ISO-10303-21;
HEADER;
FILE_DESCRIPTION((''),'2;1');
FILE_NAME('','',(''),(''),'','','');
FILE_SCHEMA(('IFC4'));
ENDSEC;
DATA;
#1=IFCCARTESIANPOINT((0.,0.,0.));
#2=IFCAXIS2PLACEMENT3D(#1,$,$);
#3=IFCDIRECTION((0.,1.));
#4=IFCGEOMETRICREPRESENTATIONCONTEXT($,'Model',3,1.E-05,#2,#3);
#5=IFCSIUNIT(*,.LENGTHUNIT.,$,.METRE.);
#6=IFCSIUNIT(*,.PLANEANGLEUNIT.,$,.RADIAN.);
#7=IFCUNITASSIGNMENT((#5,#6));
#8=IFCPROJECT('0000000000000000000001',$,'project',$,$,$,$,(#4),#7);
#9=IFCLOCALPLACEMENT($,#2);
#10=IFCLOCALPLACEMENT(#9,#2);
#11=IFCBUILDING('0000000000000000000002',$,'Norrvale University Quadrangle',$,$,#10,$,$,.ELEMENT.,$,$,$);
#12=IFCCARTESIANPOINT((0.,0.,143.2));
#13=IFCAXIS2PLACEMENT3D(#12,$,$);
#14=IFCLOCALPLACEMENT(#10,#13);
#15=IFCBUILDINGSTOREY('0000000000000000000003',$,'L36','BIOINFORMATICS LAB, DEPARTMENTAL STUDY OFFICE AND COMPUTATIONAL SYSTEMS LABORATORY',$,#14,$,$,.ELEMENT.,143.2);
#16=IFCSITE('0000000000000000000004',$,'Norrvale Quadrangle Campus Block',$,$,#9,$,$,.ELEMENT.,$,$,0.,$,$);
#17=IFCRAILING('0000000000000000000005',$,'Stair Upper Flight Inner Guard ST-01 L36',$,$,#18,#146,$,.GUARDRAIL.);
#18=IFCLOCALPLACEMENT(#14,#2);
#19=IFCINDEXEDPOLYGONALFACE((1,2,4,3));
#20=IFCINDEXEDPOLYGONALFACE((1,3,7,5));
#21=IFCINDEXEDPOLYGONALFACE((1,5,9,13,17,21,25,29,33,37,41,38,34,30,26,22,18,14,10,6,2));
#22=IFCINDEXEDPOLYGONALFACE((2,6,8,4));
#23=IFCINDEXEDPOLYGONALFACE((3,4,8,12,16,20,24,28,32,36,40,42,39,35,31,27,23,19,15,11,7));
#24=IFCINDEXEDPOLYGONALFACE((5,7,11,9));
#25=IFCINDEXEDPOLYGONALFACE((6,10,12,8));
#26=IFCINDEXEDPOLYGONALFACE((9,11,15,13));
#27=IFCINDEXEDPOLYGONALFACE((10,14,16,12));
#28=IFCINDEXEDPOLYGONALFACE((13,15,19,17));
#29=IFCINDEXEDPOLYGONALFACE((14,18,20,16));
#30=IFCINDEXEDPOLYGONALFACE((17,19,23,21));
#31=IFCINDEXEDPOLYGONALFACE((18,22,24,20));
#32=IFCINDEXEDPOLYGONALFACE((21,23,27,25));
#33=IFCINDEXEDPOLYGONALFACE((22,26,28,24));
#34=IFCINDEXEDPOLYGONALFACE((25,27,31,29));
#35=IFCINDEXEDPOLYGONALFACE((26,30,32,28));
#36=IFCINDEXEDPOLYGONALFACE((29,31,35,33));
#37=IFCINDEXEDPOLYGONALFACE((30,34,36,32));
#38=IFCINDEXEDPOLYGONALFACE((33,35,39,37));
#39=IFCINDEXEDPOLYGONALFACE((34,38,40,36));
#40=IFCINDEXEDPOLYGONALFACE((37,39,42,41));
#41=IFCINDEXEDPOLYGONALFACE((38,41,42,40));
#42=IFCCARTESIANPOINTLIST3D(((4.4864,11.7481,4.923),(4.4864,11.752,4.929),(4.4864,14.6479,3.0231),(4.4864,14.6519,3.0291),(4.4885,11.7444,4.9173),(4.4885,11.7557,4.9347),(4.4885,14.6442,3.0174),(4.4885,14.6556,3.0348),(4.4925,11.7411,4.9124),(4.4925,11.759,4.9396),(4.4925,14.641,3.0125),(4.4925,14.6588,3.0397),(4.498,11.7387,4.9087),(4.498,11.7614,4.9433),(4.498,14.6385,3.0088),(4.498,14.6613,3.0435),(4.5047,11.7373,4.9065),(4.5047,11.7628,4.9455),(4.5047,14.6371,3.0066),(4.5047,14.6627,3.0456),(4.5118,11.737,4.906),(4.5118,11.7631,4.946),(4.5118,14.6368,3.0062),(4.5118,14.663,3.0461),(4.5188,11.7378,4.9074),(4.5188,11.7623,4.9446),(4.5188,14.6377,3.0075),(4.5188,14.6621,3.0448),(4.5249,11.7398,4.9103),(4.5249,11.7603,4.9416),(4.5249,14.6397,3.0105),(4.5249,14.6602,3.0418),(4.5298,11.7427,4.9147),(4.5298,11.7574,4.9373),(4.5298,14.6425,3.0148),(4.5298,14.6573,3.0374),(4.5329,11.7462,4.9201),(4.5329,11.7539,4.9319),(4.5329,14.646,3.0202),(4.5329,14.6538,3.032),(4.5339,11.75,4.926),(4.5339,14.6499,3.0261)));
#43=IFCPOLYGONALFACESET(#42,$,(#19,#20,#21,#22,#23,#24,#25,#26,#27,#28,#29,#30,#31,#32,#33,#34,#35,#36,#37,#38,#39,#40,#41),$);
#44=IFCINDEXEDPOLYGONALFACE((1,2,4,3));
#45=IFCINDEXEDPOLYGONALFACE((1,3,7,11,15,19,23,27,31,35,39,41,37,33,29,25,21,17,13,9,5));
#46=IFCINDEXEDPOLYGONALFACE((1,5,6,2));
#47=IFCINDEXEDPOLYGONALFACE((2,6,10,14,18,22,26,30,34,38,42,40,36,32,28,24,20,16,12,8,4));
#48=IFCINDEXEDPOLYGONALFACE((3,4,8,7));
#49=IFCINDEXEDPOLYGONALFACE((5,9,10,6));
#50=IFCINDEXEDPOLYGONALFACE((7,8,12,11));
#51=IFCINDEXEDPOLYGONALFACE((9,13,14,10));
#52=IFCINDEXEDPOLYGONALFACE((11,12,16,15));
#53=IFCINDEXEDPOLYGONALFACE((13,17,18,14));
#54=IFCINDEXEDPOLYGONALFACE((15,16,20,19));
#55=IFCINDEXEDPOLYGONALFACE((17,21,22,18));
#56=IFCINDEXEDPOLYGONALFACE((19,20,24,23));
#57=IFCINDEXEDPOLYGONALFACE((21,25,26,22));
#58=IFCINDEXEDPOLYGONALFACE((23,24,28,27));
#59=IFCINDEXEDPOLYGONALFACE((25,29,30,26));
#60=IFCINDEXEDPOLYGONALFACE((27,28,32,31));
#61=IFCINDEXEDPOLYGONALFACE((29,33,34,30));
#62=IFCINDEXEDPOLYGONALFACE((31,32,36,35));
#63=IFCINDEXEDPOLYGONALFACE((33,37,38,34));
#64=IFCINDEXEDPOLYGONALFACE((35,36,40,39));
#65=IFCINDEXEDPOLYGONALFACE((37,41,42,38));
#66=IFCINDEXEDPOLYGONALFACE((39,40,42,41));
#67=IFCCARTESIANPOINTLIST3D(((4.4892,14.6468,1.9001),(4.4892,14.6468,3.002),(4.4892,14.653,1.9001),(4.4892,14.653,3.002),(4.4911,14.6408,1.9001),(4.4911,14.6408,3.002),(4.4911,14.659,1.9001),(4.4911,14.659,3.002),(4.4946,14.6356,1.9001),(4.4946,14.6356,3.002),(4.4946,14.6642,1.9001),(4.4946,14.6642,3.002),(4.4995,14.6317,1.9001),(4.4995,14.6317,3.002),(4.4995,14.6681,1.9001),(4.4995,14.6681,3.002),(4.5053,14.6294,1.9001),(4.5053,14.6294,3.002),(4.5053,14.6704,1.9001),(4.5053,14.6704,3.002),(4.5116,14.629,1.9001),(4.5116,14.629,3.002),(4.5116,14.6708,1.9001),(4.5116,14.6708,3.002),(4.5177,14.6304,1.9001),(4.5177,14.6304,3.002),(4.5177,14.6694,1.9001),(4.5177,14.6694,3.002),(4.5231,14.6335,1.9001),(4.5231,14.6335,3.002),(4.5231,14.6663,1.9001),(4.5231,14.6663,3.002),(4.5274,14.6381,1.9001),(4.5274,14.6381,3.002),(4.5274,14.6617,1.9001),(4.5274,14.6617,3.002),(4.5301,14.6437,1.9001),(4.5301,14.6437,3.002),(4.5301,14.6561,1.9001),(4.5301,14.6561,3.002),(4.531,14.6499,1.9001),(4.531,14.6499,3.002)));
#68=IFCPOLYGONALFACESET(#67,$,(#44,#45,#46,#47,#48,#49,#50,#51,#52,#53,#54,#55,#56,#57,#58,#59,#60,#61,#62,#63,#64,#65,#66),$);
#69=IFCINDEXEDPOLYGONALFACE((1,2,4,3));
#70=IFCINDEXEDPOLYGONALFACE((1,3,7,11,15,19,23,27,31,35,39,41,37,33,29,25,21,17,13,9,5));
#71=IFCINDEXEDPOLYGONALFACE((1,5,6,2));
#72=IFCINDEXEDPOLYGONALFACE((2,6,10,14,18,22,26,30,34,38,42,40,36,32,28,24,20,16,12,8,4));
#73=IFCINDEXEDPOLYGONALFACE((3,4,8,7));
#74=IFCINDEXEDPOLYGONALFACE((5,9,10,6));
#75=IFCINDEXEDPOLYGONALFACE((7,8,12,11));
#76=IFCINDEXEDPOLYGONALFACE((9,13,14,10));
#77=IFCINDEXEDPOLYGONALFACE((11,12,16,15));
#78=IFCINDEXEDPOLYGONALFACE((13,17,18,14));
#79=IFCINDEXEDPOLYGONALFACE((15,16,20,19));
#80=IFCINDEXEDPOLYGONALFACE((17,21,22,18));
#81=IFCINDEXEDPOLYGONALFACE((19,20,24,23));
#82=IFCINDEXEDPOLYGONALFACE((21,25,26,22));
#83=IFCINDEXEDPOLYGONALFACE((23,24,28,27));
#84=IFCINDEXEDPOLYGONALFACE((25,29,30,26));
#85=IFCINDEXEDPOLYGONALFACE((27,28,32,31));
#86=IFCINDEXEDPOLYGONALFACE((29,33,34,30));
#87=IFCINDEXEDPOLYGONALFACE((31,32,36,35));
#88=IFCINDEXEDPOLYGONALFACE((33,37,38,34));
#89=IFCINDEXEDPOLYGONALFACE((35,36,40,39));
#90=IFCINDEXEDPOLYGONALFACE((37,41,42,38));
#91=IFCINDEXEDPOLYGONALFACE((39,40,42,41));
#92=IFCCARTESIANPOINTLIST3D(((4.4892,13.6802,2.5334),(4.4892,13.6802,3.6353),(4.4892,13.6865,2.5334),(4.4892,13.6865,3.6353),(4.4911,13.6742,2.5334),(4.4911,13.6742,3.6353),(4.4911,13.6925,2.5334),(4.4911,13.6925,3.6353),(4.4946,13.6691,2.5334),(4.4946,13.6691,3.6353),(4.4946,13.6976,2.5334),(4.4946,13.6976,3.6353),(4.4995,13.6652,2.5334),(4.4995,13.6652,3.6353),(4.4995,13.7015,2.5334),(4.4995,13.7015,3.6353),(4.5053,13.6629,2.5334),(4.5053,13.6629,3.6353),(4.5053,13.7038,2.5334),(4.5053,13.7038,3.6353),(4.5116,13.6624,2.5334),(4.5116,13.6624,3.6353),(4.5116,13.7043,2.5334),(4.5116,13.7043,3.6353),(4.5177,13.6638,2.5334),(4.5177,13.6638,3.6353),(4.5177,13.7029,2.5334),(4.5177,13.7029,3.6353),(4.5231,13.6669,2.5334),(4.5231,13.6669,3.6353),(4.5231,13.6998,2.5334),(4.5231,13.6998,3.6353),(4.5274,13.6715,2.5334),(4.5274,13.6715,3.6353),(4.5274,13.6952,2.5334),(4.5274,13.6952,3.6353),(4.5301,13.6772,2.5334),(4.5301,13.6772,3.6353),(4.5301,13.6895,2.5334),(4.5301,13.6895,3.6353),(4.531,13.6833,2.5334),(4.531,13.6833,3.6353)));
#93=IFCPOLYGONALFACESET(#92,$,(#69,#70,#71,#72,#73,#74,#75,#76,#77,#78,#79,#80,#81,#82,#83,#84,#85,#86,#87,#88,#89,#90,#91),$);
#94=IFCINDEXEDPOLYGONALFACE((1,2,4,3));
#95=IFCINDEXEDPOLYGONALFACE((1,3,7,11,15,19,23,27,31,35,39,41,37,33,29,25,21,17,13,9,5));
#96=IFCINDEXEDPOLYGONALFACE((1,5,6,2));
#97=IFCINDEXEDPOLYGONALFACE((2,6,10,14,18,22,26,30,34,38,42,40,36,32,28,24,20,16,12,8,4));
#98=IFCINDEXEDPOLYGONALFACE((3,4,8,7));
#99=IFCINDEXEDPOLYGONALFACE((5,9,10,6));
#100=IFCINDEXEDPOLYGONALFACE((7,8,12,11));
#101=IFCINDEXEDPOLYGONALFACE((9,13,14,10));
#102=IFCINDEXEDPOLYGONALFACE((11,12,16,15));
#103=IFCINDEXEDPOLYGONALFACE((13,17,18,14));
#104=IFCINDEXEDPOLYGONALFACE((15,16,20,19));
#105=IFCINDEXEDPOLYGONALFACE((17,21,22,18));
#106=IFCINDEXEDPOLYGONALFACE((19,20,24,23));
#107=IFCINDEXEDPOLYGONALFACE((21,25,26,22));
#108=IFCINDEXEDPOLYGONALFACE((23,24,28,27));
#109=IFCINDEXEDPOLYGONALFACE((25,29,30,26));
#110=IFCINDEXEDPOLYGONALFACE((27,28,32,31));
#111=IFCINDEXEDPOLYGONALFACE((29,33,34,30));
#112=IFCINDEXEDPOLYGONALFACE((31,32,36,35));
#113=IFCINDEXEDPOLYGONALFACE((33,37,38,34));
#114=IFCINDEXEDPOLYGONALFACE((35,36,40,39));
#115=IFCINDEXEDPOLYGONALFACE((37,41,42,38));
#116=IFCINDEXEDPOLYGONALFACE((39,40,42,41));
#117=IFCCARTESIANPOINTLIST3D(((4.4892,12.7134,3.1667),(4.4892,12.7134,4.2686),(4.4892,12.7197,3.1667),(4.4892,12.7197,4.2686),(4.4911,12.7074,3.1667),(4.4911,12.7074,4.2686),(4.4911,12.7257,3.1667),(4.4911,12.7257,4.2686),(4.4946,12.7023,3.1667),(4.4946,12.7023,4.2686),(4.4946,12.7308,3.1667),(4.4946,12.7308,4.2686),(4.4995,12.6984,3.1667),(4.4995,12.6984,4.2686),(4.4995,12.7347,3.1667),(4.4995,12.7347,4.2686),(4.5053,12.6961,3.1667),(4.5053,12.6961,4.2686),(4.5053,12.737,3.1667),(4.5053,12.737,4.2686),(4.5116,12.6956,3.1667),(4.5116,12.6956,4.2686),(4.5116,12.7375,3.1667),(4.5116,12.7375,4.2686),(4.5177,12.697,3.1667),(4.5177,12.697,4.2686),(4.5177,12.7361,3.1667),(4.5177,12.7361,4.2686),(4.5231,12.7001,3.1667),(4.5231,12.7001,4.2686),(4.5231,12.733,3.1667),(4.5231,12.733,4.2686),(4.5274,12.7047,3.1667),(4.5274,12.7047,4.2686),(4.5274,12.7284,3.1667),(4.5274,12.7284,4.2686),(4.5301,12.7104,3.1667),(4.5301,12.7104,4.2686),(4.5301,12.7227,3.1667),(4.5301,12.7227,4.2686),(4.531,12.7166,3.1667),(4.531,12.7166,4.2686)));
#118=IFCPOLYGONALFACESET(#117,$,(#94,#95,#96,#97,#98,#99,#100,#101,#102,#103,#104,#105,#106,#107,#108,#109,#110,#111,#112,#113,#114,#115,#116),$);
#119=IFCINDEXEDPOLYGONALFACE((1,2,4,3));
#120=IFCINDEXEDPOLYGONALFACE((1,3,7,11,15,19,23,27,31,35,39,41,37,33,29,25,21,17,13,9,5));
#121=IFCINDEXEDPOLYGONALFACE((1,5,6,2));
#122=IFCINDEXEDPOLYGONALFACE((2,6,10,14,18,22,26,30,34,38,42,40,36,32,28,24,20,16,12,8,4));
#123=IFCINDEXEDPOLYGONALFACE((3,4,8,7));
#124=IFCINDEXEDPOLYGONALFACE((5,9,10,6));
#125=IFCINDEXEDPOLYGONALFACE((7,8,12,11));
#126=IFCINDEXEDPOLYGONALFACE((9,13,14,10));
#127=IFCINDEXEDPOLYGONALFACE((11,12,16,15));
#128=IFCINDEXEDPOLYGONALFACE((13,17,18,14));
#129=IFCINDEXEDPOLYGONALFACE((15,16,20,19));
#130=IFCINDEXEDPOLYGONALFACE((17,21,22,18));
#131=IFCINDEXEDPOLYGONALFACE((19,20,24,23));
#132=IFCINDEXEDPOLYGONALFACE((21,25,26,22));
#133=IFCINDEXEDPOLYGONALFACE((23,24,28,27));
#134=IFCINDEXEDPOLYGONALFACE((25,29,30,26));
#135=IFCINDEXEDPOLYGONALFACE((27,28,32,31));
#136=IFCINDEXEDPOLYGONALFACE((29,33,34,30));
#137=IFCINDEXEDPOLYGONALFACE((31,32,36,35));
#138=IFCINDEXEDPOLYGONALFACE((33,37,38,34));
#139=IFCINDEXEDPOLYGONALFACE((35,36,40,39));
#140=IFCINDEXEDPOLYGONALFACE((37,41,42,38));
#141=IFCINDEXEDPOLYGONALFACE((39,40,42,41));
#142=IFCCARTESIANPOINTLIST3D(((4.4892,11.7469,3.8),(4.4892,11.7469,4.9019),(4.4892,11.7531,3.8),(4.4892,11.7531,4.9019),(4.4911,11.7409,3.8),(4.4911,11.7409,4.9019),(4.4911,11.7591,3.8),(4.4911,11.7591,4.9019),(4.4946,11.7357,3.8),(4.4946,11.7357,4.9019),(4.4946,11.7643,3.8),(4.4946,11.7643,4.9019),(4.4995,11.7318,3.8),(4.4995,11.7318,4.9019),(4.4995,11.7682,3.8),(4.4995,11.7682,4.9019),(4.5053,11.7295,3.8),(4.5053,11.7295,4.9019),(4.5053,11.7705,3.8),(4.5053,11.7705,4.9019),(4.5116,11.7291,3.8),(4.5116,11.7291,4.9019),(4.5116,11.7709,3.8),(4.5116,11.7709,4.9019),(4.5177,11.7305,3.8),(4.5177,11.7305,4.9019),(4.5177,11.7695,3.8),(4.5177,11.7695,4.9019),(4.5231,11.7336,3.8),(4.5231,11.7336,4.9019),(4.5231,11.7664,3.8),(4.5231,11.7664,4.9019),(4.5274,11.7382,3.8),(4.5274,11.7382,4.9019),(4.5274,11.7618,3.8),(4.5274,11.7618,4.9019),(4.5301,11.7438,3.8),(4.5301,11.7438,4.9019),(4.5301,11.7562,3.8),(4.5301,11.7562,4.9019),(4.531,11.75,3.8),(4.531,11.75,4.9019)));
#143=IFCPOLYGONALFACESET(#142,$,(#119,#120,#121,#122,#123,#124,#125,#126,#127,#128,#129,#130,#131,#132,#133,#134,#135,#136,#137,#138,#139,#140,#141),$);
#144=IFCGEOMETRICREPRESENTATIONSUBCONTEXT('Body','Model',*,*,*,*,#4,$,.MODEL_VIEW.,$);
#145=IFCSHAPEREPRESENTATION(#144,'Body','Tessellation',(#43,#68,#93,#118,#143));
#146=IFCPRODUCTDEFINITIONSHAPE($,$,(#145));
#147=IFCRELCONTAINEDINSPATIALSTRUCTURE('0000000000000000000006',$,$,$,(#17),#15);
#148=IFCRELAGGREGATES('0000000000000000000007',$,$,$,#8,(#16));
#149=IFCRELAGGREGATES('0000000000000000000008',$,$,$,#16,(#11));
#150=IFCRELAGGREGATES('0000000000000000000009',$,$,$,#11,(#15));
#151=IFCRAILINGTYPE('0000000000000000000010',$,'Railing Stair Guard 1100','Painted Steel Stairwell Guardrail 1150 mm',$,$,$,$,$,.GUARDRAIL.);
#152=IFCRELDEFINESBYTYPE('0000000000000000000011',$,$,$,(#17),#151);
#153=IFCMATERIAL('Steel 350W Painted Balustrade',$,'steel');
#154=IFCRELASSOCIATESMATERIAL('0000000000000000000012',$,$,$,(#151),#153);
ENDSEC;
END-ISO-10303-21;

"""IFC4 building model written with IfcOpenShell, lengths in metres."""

from ifc_helpers import new_model, si_unit, direction, frame, origin, origin_2d, place, context, subcontext, project, spatial, circle, extrude, material, type_object, element, save


model = new_model("IFC4")

# Units and contexts
model_context = context("Model", 3, precision=1e-05, world=origin(), true_north=direction((0.0, 1.0)))
body_context = subcontext(model_context, "Body", "Model", "MODEL_VIEW")
ifc_project = project(units=[si_unit("LENGTHUNIT", "METRE"), si_unit("PLANEANGLEUNIT", "RADIAN")], contexts=[model_context])

# Site, building, storey
site_placement = place(None, origin())
site = spatial("IfcSite", under=ifc_project, at=site_placement, Name="Norrvale Quadrangle Campus Block", CompositionType="ELEMENT", RefElevation=0.0)
building_placement = place(site_placement, origin())
building = spatial("IfcBuilding", under=site, at=building_placement, Name="Norrvale University Quadrangle", CompositionType="ELEMENT")
storey_placement = place(building_placement, frame((0.0, 0.0, 143.2)))
storey = spatial("IfcBuildingStorey", under=building, at=storey_placement, Name="L36", Description="BIOINFORMATICS LAB, DEPARTMENTAL STUDY OFFICE AND COMPUTATIONAL SYSTEMS LABORATORY", CompositionType="ELEMENT", Elevation=143.2)

# Railing
ifc_material_1 = material(Name="Steel 350W Painted Balustrade", Category="steel")
railing_type_1 = type_object("IfcRailingType", Name="Railing Stair Guard 1100", Description="Painted Steel Stairwell Guardrail 1150 mm", PredefinedType="GUARDRAIL", material=ifc_material_1)
railing_1_placement = place(storey_placement, frame((4.51, 14.6499, 1.9001)))
element("IfcRailing", 1, at=railing_1_placement, inside=storey, type_object=railing_type_1, Name="Stair Upper Flight Inner Guard ST-01 L36", PredefinedType="GUARDRAIL", context=body_context, shape_type="SweptSolid", body=[
    extrude(circle(Radius=0.0239, at=origin_2d()), frame((0.0, 0.0, 1.126), z_axis=(0.0, -0.836466, 0.548019), x_axis=(1.0, 0.0, 0.0)), (0.0, 0.0, 1.0), 3.4668),
    extrude(circle(Radius=0.021, at=origin_2d()), origin(), (0.0, 0.0, 1.0), 1.1018),
    extrude(circle(Radius=0.021, at=origin_2d()), frame((0.0, -0.9666, 0.6333)), (0.0, 0.0, 1.0), 1.1018),
    extrude(circle(Radius=0.021, at=origin_2d()), frame((0.0, -1.9333, 1.2666)), (0.0, 0.0, 1.0), 1.1018),
    extrude(circle(Radius=0.021, at=origin_2d()), frame((0.0, -2.8999, 1.8999)), (0.0, 0.0, 1.0), 1.1018),
])

save(model, "model.ifc")
